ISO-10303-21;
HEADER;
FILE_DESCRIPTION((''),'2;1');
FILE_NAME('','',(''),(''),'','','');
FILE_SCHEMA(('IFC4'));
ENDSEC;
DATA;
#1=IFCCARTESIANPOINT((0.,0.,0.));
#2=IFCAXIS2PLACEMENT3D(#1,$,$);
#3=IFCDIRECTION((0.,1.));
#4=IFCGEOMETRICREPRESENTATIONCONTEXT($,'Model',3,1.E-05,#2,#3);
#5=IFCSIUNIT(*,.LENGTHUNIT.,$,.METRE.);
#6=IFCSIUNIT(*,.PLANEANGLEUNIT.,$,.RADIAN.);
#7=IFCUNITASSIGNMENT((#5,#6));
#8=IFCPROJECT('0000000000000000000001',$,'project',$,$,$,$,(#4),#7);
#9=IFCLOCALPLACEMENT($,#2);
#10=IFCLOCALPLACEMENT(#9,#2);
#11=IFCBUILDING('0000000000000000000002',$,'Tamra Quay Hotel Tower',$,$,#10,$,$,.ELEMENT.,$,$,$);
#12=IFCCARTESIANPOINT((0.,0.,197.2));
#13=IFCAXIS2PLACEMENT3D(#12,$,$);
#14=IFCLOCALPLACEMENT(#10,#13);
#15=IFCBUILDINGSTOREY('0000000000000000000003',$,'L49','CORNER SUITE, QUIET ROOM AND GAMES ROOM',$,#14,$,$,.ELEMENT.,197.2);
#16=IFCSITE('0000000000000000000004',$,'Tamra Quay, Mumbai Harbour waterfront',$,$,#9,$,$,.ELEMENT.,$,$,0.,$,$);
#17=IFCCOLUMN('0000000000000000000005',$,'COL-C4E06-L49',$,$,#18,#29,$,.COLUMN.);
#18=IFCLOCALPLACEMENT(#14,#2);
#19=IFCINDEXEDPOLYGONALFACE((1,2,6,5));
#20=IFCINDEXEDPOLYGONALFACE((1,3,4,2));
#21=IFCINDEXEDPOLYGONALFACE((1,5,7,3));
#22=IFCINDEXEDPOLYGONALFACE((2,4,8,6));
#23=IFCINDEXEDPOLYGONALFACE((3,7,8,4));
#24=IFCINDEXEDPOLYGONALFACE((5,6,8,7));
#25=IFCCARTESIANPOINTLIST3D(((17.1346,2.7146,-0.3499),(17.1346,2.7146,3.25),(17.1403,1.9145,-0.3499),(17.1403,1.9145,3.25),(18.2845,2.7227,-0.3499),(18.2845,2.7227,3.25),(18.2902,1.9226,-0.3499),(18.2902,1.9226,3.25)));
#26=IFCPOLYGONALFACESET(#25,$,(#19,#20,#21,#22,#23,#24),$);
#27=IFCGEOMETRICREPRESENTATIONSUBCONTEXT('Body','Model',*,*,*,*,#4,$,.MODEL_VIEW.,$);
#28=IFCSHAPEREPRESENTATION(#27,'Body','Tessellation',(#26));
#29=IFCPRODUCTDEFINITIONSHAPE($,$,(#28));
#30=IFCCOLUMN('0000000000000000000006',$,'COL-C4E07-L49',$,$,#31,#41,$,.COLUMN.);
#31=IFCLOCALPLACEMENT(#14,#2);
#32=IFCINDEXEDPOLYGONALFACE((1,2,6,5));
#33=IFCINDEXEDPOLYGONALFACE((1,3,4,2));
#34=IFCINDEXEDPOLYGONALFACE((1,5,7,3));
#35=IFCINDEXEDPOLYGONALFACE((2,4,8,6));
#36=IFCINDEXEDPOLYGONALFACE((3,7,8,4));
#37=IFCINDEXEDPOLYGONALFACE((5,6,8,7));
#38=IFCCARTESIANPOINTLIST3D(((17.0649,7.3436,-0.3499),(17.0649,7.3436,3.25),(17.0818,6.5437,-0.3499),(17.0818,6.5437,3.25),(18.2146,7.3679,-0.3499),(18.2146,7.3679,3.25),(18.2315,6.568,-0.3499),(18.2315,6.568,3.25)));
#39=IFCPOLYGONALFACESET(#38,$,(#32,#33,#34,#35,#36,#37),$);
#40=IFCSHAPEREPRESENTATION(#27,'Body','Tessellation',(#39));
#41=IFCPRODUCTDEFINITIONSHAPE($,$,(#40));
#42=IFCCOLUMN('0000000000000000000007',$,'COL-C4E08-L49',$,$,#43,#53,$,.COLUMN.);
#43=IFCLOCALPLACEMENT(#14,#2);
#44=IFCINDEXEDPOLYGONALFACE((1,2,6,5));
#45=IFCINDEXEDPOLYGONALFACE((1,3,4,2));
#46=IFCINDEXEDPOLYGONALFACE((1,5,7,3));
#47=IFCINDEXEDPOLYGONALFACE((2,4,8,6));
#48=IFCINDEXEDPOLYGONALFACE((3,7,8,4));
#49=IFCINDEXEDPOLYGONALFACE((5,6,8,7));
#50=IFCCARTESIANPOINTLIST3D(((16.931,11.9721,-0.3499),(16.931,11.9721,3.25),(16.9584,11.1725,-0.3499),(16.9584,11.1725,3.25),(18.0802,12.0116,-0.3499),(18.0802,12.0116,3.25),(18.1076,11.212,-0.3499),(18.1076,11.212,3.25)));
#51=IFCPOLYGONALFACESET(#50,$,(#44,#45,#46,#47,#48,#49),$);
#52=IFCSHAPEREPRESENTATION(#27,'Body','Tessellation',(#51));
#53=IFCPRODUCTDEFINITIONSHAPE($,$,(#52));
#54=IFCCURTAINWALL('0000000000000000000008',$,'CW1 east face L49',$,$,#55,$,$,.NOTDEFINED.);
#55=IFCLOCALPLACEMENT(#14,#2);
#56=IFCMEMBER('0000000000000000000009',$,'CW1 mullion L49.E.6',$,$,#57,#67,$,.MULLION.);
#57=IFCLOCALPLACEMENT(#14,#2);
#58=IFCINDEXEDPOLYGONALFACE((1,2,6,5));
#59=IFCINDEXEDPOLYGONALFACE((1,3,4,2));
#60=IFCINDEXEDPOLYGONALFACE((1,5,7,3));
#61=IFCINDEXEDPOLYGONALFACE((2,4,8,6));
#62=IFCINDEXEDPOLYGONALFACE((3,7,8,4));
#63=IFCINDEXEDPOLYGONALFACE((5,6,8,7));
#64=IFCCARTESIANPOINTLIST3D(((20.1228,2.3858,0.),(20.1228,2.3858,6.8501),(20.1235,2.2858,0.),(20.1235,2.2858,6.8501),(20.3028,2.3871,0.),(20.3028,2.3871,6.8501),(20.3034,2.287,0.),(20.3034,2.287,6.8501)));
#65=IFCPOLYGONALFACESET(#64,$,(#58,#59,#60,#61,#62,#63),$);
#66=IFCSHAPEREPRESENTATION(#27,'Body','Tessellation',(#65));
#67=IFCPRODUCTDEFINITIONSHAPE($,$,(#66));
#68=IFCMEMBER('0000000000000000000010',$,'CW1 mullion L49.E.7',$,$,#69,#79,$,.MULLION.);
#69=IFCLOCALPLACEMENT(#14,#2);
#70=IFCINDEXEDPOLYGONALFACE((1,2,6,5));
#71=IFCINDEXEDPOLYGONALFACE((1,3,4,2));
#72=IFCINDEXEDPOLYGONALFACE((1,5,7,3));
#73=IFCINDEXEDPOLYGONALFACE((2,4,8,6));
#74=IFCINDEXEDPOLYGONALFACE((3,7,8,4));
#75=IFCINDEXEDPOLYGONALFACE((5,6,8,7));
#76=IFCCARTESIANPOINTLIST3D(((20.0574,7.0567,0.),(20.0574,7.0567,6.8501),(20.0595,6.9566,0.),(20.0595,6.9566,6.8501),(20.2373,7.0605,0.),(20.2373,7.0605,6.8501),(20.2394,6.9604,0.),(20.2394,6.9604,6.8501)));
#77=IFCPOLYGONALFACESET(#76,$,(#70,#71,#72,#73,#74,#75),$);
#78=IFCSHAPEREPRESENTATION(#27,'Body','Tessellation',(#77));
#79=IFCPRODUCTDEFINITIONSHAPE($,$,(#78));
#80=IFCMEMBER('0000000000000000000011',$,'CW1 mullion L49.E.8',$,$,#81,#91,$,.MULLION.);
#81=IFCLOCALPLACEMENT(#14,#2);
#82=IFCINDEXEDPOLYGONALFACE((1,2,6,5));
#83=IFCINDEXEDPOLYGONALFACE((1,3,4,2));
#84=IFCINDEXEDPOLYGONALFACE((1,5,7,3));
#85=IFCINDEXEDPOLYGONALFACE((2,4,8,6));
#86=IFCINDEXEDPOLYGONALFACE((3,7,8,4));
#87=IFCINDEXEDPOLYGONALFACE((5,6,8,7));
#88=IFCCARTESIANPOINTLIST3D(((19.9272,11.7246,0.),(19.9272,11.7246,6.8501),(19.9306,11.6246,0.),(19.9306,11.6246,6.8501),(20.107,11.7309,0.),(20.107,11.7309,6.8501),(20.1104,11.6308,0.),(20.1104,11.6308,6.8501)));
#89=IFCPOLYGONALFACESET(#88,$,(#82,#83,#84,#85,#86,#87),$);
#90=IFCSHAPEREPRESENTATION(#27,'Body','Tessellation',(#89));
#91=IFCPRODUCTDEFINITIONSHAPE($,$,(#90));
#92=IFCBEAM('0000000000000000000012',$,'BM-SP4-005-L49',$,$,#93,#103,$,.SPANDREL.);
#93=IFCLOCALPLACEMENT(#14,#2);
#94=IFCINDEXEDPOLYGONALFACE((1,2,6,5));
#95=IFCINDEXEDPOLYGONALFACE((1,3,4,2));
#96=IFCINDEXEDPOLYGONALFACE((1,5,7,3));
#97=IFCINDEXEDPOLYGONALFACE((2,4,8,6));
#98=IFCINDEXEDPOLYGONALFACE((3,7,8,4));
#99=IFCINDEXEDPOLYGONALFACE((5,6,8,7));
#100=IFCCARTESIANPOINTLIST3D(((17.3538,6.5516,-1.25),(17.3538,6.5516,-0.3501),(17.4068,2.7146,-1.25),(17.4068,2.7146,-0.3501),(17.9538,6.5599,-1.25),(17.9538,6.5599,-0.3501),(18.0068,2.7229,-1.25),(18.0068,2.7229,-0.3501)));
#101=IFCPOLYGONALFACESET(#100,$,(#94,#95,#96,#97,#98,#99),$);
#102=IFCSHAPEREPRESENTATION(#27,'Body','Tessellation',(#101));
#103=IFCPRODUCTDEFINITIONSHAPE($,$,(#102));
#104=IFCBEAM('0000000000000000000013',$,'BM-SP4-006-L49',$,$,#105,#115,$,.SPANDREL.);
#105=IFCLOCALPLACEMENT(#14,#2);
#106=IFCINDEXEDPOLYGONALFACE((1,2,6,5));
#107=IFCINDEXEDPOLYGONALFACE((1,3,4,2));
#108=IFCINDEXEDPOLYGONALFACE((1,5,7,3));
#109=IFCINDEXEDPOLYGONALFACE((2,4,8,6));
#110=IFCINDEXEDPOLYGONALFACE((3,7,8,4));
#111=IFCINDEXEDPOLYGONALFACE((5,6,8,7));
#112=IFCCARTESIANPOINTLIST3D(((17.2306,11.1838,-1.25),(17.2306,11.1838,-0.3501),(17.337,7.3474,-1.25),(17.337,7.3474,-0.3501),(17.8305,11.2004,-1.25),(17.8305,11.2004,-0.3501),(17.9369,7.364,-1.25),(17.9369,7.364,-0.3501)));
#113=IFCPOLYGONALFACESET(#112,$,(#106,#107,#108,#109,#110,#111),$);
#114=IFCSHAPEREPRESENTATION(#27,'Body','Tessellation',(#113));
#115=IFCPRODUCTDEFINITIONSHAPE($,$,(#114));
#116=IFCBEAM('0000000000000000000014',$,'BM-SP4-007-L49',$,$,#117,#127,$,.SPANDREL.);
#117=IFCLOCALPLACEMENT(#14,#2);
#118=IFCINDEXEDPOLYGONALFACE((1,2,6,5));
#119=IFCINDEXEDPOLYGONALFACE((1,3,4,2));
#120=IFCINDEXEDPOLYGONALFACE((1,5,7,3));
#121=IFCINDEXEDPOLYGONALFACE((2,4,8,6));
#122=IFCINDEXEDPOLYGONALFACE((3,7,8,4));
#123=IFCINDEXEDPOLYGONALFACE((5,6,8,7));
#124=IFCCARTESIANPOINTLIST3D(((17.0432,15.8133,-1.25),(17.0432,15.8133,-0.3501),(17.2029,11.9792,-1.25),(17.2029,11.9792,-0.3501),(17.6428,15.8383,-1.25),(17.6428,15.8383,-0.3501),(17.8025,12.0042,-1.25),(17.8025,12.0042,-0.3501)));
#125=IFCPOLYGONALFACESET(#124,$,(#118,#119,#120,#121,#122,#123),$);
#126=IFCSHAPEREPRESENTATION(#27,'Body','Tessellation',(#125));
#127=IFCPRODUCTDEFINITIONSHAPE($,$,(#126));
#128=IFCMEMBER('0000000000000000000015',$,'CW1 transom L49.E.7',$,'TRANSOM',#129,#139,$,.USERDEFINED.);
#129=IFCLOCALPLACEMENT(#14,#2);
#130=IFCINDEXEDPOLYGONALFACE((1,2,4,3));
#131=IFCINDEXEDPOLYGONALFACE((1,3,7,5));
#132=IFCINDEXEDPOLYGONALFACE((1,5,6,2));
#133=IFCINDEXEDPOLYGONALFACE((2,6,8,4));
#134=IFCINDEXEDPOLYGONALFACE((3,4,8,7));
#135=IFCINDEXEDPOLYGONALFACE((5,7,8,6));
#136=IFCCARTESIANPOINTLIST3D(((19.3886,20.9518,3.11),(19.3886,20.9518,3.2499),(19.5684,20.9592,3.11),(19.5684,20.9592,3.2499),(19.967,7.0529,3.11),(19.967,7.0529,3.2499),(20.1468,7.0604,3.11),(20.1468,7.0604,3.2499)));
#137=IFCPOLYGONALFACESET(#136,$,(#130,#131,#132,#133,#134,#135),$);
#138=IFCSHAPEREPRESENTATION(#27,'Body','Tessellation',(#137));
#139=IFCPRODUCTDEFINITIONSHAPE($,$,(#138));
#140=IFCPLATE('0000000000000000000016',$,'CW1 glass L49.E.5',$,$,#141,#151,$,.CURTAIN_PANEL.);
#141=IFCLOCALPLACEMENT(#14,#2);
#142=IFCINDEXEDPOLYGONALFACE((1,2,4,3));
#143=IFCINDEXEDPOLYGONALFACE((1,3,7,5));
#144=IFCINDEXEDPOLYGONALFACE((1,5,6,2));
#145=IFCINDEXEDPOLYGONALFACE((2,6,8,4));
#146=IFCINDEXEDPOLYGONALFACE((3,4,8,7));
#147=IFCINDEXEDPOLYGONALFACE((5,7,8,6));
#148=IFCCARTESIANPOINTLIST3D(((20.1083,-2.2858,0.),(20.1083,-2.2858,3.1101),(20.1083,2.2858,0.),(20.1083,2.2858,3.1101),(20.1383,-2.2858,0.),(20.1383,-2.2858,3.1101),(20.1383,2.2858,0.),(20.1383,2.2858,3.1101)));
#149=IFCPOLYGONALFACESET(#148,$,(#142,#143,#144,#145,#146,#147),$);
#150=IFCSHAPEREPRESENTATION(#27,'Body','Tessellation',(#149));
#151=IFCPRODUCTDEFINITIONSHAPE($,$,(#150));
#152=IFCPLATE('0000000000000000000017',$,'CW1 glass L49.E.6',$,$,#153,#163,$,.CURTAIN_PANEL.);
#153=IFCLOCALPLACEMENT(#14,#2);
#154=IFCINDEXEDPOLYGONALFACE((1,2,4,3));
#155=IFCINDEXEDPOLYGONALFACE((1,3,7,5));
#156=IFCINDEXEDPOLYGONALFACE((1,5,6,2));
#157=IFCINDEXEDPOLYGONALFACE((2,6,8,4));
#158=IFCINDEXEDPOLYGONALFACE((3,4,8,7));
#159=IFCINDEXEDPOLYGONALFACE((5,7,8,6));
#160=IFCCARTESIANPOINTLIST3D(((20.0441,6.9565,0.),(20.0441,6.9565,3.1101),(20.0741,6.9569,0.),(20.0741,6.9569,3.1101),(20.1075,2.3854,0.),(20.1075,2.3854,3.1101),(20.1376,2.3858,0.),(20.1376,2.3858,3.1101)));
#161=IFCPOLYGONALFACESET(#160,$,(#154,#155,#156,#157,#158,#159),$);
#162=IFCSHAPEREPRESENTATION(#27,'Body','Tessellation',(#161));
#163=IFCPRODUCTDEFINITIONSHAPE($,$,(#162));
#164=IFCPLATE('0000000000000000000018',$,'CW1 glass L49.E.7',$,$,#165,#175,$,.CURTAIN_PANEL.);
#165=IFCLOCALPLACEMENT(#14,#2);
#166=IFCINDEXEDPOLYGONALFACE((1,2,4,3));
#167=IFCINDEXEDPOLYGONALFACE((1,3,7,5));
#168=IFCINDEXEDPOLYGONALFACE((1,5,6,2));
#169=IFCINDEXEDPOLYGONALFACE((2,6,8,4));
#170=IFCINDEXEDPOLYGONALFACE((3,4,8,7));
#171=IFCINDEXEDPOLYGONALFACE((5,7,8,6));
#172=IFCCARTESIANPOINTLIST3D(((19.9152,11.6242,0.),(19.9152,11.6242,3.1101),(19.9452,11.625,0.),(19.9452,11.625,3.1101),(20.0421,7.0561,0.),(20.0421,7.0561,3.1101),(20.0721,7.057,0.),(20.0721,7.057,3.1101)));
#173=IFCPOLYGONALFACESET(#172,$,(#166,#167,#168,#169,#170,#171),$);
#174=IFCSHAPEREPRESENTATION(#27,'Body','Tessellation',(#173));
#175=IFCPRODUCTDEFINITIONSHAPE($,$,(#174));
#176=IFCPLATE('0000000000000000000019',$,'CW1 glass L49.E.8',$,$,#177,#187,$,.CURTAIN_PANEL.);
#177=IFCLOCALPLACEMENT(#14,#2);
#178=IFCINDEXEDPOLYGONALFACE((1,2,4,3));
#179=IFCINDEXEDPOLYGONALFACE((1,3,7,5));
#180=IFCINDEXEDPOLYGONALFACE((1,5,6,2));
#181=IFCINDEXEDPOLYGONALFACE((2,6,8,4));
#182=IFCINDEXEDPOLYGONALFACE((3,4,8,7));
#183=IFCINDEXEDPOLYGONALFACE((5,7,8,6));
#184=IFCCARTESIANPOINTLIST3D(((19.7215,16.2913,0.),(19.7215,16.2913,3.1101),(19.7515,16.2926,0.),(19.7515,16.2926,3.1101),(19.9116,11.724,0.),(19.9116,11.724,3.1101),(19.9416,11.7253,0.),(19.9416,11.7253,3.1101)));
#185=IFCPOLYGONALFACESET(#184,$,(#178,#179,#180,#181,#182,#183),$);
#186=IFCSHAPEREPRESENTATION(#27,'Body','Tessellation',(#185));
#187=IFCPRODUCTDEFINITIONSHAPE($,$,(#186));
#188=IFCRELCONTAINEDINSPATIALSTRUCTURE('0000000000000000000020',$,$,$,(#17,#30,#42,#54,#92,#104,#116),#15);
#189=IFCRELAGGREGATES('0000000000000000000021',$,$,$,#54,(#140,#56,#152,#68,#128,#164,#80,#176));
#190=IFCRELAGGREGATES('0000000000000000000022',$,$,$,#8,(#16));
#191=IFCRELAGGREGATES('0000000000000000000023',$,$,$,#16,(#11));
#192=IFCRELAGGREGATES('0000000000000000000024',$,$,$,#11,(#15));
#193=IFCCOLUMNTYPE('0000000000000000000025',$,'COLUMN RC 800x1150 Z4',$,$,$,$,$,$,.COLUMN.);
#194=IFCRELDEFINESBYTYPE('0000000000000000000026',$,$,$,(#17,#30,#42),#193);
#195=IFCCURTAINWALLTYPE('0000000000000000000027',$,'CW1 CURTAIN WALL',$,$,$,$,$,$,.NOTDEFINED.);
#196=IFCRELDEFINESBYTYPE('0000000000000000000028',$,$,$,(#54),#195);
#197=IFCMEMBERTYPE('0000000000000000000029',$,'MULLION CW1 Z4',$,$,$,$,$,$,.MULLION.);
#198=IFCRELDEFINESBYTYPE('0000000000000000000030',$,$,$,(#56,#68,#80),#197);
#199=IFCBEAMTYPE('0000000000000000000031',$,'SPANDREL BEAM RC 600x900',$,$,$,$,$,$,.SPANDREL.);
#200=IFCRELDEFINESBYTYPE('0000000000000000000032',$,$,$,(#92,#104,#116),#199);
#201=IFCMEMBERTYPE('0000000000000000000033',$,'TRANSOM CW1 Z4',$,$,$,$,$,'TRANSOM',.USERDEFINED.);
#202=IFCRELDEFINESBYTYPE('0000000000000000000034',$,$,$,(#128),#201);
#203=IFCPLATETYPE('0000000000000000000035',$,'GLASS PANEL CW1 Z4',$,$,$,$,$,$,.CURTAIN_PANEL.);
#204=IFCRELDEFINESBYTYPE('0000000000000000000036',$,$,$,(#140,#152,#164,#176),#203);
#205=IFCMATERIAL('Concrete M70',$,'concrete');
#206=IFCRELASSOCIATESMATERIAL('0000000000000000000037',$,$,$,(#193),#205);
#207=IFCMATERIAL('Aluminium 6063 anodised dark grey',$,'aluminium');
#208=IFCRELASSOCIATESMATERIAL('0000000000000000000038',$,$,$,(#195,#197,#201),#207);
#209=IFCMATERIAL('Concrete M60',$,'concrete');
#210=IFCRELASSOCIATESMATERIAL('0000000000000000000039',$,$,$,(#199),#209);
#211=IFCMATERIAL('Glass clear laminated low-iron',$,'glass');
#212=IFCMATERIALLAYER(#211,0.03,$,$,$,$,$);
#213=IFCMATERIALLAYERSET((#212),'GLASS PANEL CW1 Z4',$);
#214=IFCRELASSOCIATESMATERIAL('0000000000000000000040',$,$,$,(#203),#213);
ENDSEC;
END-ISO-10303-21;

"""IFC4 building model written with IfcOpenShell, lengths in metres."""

from ifc_helpers import new_model, si_unit, direction, frame, origin, origin_2d, place, context, subcontext, project, spatial, rectangle, extrude, material, layer, layer_set, material_profile, profile_set, type_object, element, aggregate, save


model = new_model("IFC4")

# Units and contexts
model_context = context("Model", 3, precision=1e-05, world=origin(), true_north=direction((0.0, 1.0)))
body_context = subcontext(model_context, "Body", "Model", "MODEL_VIEW")
ifc_project = project(units=[si_unit("LENGTHUNIT", "METRE"), si_unit("PLANEANGLEUNIT", "RADIAN")], contexts=[model_context])

# Site, building, storey
site_placement = place(None, origin())
site = spatial("IfcSite", under=ifc_project, at=site_placement, Name="Tamra Quay, Mumbai Harbour waterfront", CompositionType="ELEMENT", RefElevation=0.0)
building_placement = place(site_placement, origin())
building = spatial("IfcBuilding", under=site, at=building_placement, Name="Tamra Quay Hotel Tower", CompositionType="ELEMENT")
storey_placement = place(building_placement, frame((0.0, 0.0, 197.2)))
storey = spatial("IfcBuildingStorey", under=building, at=storey_placement, Name="L49", Description="CORNER SUITE, QUIET ROOM AND GAMES ROOM", CompositionType="ELEMENT", Elevation=197.2)

# Columns
ifc_material_1 = material(Name="Concrete M70", Category="concrete")
ifc_material_profile_1 = material_profile(ifc_material_1, rectangle(XDim=1.1499, YDim=0.8, at=origin_2d()), Name="COLUMN RC 800x1150 Z4")
ifc_profile_set_1 = profile_set([ifc_material_profile_1], Name="Concrete M70")
column_type = type_object("IfcColumnType", Name="COLUMN RC 800x1150 Z4", PredefinedType="COLUMN", material=ifc_profile_set_1)
for number, where, z_axis, x_axis, name in (
    (1, (17.7124, 2.3186, -0.3499), (0.0, 0.0, 1.0), (0.999975, 0.007041, 0.0), "COL-C4E06-L49"),
    (2, (17.6482, 6.9558, -0.3499), (0.0, 0.0, 1.0), (0.999777, 0.021115, 0.0), "COL-C4E07-L49"),
    (3, (17.5193, 11.592, -0.3499), (0.0, 0.0, 1.0), (0.999412, 0.034299, 0.0), "COL-C4E08-L49"),
):
    element("IfcColumn", number, at=place(storey_placement, frame(where, z_axis=z_axis, x_axis=x_axis)), inside=storey, type_object=column_type, Name=name, PredefinedType="COLUMN", context=body_context, shape_type="SweptSolid", body=[
        extrude(rectangle(XDim=1.1499, YDim=0.8, at=origin_2d()), origin(), (0.0, 0.0, 1.0), 3.5999),
    ])

# Curtain wall, members
ifc_material_2 = material(Name="Aluminium 6063 anodised dark grey", Category="aluminium")
curtain_wall_type = type_object("IfcCurtainWallType", Name="CW1 CURTAIN WALL", PredefinedType="NOTDEFINED", material=ifc_material_2)
curtain_wall_placement = place(storey_placement, origin())
curtain_wall = element("IfcCurtainWall", 4, at=curtain_wall_placement, inside=storey, type_object=curtain_wall_type, Name="CW1 east face L49", PredefinedType="NOTDEFINED")
ifc_material_profile_2 = material_profile(ifc_material_2, rectangle(XDim=0.1799, YDim=0.1001, at=origin_2d()), Name="MULLION 100X180")
ifc_profile_set_2 = profile_set([ifc_material_profile_2], Name="Aluminium 6063 anodised dark grey")
member_type_1 = type_object("IfcMemberType", Name="MULLION CW1 Z4", PredefinedType="MULLION", material=ifc_profile_set_2)
member_1_placement = place(storey_placement, frame((20.2131, 2.3364, 0.0), z_axis=(0.0, 0.0, 1.0), x_axis=(0.999976, 0.006943, 0.0)))
member_1 = element("IfcMember", 5, at=member_1_placement, type_object=member_type_1, Name="CW1 mullion L49.E.6", PredefinedType="MULLION", context=body_context, shape_type="SweptSolid", body=[
    extrude(rectangle(XDim=0.1799, YDim=0.1001, at=origin_2d()), origin(), (0.0, 0.0, 1.0), 6.8501),
])
member_2_placement = place(storey_placement, frame((20.1484, 7.0085, 0.0), z_axis=(0.0, 0.0, 1.0), x_axis=(0.999783, 0.020821, 0.0)))
member_2 = element("IfcMember", 6, at=member_2_placement, type_object=member_type_1, Name="CW1 mullion L49.E.7", PredefinedType="MULLION", context=body_context, shape_type="SweptSolid", body=[
    extrude(rectangle(XDim=0.1799, YDim=0.1001, at=origin_2d()), origin(), (0.0, 0.0, 1.0), 6.8501),
])
member_3_placement = place(storey_placement, frame((20.0188, 11.6777, 0.0), z_axis=(0.0, 0.0, 1.0), x_axis=(0.999399, 0.034677, 0.0)))
member_3 = element("IfcMember", 7, at=member_3_placement, type_object=member_type_1, Name="CW1 mullion L49.E.8", PredefinedType="MULLION", context=body_context, shape_type="SweptSolid", body=[
    extrude(rectangle(XDim=0.1799, YDim=0.1001, at=origin_2d()), origin(), (0.0, 0.0, 1.0), 6.8501),
])

# Beams
ifc_material_3 = material(Name="Concrete M60", Category="concrete")
ifc_material_profile_3 = material_profile(ifc_material_3, rectangle(XDim=0.6001, YDim=0.8999, at=origin_2d()), Name="SPANDREL BEAM RC 600x900")
ifc_profile_set_3 = profile_set([ifc_material_profile_3], Name="Concrete M60")
beam_type = type_object("IfcBeamType", Name="SPANDREL BEAM RC 600x900", PredefinedType="SPANDREL", material=ifc_profile_set_3)
beam_1_placement = place(storey_placement, frame((17.7068, 2.7188, -0.8), z_axis=(-0.013805, 0.999905, 0.0), x_axis=(-0.999905, -0.013805, 0.0)))
element("IfcBeam", 8, at=beam_1_placement, inside=storey, type_object=beam_type, Name="BM-SP4-005-L49", PredefinedType="SPANDREL", context=body_context, shape_type="SweptSolid", body=[
    extrude(rectangle(XDim=0.6001, YDim=0.8999, at=origin_2d()), origin(), (0.0, 0.0, 1.0), 3.8374),
])
beam_2_placement = place(storey_placement, frame((17.637, 7.3557, -0.8), z_axis=(-0.027735, 0.999615, 0.0), x_axis=(-0.999615, -0.027735, 0.0)))
element("IfcBeam", 9, at=beam_2_placement, inside=storey, type_object=beam_type, Name="BM-SP4-006-L49", PredefinedType="SPANDREL", context=body_context, shape_type="SweptSolid", body=[
    extrude(rectangle(XDim=0.6001, YDim=0.8999, at=origin_2d()), origin(), (0.0, 0.0, 1.0), 3.8379),
])
beam_3_placement = place(storey_placement, frame((17.5027, 11.9917, -0.8), z_axis=(-0.041609, 0.999134, 0.0), x_axis=(-0.999134, -0.041609, 0.0)))
element("IfcBeam", 10, at=beam_3_placement, inside=storey, type_object=beam_type, Name="BM-SP4-007-L49", PredefinedType="SPANDREL", context=body_context, shape_type="SweptSolid", body=[
    extrude(rectangle(XDim=0.6001, YDim=0.8999, at=origin_2d()), origin(), (0.0, 0.0, 1.0), 3.8374),
])

# Member
ifc_material_profile_4 = material_profile(ifc_material_2, rectangle(XDim=0.1799, YDim=0.1399, at=origin_2d()), Name="TRANSOM 180X140")
ifc_profile_set_4 = profile_set([ifc_material_profile_4], Name="Aluminium 6063 anodised dark grey")
member_type_2 = type_object("IfcMemberType", Name="TRANSOM CW1 Z4", ElementType="TRANSOM", PredefinedType="USERDEFINED", material=ifc_profile_set_4)
member_4_placement = place(storey_placement, frame((20.0569, 7.0566, 3.1799), z_axis=(-0.041577, 0.999135, 0.0), x_axis=(-0.999135, -0.041577, 0.0)))
member_4 = element("IfcMember", 11, at=member_4_placement, type_object=member_type_2, Name="CW1 transom L49.E.7", ObjectType="TRANSOM", PredefinedType="USERDEFINED", context=body_context, shape_type="SweptSolid", body=[
    extrude(rectangle(XDim=0.1799, YDim=0.1399, at=origin_2d()), origin(), (0.0, 0.0, 1.0), 13.9109),
])

# Plates
ifc_material_4 = material(Name="Glass clear laminated low-iron", Category="glass")
ifc_layer_1 = layer(ifc_material_4, 0.03)
ifc_layer_set_1 = layer_set([ifc_layer_1], Name="GLASS PANEL CW1 Z4")
plate_type = type_object("IfcPlateType", Name="GLASS PANEL CW1 Z4", PredefinedType="CURTAIN_PANEL", material=ifc_layer_set_1)
plate_1_placement = place(storey_placement, frame((20.1233, 0.0, 0.0), z_axis=(0.0, 0.0, 1.0), x_axis=(0.0, 1.0, 0.0)))
plate_1 = element("IfcPlate", 12, at=plate_1_placement, type_object=plate_type, Name="CW1 glass L49.E.5", PredefinedType="CURTAIN_PANEL", context=body_context, shape_type="SweptSolid", body=[
    extrude(rectangle(XDim=4.5715, YDim=0.03, at=origin_2d()), origin(), (0.0, 0.0, 1.0), 3.1101),
])
plate_2_placement = place(storey_placement, frame((20.0908, 4.6711, 0.0), z_axis=(0.0, 0.0, 1.0), x_axis=(-0.013886, 0.999904, 0.0)))
plate_2 = element("IfcPlate", 13, at=plate_2_placement, type_object=plate_type, Name="CW1 glass L49.E.6", PredefinedType="CURTAIN_PANEL", context=body_context, shape_type="SweptSolid", body=[
    extrude(rectangle(XDim=4.5715, YDim=0.03, at=origin_2d()), origin(), (0.0, 0.0, 1.0), 3.1101),
])
plate_3_placement = place(storey_placement, frame((19.9937, 9.3406, 0.0), z_axis=(0.0, 0.0, 1.0), x_axis=(-0.027754, 0.999615, 0.0)))
plate_3 = element("IfcPlate", 14, at=plate_3_placement, type_object=plate_type, Name="CW1 glass L49.E.7", PredefinedType="CURTAIN_PANEL", context=body_context, shape_type="SweptSolid", body=[
    extrude(rectangle(XDim=4.5698, YDim=0.03, at=origin_2d()), origin(), (0.0, 0.0, 1.0), 3.1101),
])
plate_4_placement = place(storey_placement, frame((19.8315, 14.0083, 0.0), z_axis=(0.0, 0.0, 1.0), x_axis=(-0.041599, 0.999134, 0.0)))
plate_4 = element("IfcPlate", 15, at=plate_4_placement, type_object=plate_type, Name="CW1 glass L49.E.8", PredefinedType="CURTAIN_PANEL", context=body_context, shape_type="SweptSolid", body=[
    extrude(rectangle(XDim=4.5713, YDim=0.03, at=origin_2d()), origin(), (0.0, 0.0, 1.0), 3.1101),
])
aggregate(curtain_wall, [plate_1, member_1, plate_2, member_2, member_4, plate_3, member_3, plate_4])

save(model, "model.ifc")
